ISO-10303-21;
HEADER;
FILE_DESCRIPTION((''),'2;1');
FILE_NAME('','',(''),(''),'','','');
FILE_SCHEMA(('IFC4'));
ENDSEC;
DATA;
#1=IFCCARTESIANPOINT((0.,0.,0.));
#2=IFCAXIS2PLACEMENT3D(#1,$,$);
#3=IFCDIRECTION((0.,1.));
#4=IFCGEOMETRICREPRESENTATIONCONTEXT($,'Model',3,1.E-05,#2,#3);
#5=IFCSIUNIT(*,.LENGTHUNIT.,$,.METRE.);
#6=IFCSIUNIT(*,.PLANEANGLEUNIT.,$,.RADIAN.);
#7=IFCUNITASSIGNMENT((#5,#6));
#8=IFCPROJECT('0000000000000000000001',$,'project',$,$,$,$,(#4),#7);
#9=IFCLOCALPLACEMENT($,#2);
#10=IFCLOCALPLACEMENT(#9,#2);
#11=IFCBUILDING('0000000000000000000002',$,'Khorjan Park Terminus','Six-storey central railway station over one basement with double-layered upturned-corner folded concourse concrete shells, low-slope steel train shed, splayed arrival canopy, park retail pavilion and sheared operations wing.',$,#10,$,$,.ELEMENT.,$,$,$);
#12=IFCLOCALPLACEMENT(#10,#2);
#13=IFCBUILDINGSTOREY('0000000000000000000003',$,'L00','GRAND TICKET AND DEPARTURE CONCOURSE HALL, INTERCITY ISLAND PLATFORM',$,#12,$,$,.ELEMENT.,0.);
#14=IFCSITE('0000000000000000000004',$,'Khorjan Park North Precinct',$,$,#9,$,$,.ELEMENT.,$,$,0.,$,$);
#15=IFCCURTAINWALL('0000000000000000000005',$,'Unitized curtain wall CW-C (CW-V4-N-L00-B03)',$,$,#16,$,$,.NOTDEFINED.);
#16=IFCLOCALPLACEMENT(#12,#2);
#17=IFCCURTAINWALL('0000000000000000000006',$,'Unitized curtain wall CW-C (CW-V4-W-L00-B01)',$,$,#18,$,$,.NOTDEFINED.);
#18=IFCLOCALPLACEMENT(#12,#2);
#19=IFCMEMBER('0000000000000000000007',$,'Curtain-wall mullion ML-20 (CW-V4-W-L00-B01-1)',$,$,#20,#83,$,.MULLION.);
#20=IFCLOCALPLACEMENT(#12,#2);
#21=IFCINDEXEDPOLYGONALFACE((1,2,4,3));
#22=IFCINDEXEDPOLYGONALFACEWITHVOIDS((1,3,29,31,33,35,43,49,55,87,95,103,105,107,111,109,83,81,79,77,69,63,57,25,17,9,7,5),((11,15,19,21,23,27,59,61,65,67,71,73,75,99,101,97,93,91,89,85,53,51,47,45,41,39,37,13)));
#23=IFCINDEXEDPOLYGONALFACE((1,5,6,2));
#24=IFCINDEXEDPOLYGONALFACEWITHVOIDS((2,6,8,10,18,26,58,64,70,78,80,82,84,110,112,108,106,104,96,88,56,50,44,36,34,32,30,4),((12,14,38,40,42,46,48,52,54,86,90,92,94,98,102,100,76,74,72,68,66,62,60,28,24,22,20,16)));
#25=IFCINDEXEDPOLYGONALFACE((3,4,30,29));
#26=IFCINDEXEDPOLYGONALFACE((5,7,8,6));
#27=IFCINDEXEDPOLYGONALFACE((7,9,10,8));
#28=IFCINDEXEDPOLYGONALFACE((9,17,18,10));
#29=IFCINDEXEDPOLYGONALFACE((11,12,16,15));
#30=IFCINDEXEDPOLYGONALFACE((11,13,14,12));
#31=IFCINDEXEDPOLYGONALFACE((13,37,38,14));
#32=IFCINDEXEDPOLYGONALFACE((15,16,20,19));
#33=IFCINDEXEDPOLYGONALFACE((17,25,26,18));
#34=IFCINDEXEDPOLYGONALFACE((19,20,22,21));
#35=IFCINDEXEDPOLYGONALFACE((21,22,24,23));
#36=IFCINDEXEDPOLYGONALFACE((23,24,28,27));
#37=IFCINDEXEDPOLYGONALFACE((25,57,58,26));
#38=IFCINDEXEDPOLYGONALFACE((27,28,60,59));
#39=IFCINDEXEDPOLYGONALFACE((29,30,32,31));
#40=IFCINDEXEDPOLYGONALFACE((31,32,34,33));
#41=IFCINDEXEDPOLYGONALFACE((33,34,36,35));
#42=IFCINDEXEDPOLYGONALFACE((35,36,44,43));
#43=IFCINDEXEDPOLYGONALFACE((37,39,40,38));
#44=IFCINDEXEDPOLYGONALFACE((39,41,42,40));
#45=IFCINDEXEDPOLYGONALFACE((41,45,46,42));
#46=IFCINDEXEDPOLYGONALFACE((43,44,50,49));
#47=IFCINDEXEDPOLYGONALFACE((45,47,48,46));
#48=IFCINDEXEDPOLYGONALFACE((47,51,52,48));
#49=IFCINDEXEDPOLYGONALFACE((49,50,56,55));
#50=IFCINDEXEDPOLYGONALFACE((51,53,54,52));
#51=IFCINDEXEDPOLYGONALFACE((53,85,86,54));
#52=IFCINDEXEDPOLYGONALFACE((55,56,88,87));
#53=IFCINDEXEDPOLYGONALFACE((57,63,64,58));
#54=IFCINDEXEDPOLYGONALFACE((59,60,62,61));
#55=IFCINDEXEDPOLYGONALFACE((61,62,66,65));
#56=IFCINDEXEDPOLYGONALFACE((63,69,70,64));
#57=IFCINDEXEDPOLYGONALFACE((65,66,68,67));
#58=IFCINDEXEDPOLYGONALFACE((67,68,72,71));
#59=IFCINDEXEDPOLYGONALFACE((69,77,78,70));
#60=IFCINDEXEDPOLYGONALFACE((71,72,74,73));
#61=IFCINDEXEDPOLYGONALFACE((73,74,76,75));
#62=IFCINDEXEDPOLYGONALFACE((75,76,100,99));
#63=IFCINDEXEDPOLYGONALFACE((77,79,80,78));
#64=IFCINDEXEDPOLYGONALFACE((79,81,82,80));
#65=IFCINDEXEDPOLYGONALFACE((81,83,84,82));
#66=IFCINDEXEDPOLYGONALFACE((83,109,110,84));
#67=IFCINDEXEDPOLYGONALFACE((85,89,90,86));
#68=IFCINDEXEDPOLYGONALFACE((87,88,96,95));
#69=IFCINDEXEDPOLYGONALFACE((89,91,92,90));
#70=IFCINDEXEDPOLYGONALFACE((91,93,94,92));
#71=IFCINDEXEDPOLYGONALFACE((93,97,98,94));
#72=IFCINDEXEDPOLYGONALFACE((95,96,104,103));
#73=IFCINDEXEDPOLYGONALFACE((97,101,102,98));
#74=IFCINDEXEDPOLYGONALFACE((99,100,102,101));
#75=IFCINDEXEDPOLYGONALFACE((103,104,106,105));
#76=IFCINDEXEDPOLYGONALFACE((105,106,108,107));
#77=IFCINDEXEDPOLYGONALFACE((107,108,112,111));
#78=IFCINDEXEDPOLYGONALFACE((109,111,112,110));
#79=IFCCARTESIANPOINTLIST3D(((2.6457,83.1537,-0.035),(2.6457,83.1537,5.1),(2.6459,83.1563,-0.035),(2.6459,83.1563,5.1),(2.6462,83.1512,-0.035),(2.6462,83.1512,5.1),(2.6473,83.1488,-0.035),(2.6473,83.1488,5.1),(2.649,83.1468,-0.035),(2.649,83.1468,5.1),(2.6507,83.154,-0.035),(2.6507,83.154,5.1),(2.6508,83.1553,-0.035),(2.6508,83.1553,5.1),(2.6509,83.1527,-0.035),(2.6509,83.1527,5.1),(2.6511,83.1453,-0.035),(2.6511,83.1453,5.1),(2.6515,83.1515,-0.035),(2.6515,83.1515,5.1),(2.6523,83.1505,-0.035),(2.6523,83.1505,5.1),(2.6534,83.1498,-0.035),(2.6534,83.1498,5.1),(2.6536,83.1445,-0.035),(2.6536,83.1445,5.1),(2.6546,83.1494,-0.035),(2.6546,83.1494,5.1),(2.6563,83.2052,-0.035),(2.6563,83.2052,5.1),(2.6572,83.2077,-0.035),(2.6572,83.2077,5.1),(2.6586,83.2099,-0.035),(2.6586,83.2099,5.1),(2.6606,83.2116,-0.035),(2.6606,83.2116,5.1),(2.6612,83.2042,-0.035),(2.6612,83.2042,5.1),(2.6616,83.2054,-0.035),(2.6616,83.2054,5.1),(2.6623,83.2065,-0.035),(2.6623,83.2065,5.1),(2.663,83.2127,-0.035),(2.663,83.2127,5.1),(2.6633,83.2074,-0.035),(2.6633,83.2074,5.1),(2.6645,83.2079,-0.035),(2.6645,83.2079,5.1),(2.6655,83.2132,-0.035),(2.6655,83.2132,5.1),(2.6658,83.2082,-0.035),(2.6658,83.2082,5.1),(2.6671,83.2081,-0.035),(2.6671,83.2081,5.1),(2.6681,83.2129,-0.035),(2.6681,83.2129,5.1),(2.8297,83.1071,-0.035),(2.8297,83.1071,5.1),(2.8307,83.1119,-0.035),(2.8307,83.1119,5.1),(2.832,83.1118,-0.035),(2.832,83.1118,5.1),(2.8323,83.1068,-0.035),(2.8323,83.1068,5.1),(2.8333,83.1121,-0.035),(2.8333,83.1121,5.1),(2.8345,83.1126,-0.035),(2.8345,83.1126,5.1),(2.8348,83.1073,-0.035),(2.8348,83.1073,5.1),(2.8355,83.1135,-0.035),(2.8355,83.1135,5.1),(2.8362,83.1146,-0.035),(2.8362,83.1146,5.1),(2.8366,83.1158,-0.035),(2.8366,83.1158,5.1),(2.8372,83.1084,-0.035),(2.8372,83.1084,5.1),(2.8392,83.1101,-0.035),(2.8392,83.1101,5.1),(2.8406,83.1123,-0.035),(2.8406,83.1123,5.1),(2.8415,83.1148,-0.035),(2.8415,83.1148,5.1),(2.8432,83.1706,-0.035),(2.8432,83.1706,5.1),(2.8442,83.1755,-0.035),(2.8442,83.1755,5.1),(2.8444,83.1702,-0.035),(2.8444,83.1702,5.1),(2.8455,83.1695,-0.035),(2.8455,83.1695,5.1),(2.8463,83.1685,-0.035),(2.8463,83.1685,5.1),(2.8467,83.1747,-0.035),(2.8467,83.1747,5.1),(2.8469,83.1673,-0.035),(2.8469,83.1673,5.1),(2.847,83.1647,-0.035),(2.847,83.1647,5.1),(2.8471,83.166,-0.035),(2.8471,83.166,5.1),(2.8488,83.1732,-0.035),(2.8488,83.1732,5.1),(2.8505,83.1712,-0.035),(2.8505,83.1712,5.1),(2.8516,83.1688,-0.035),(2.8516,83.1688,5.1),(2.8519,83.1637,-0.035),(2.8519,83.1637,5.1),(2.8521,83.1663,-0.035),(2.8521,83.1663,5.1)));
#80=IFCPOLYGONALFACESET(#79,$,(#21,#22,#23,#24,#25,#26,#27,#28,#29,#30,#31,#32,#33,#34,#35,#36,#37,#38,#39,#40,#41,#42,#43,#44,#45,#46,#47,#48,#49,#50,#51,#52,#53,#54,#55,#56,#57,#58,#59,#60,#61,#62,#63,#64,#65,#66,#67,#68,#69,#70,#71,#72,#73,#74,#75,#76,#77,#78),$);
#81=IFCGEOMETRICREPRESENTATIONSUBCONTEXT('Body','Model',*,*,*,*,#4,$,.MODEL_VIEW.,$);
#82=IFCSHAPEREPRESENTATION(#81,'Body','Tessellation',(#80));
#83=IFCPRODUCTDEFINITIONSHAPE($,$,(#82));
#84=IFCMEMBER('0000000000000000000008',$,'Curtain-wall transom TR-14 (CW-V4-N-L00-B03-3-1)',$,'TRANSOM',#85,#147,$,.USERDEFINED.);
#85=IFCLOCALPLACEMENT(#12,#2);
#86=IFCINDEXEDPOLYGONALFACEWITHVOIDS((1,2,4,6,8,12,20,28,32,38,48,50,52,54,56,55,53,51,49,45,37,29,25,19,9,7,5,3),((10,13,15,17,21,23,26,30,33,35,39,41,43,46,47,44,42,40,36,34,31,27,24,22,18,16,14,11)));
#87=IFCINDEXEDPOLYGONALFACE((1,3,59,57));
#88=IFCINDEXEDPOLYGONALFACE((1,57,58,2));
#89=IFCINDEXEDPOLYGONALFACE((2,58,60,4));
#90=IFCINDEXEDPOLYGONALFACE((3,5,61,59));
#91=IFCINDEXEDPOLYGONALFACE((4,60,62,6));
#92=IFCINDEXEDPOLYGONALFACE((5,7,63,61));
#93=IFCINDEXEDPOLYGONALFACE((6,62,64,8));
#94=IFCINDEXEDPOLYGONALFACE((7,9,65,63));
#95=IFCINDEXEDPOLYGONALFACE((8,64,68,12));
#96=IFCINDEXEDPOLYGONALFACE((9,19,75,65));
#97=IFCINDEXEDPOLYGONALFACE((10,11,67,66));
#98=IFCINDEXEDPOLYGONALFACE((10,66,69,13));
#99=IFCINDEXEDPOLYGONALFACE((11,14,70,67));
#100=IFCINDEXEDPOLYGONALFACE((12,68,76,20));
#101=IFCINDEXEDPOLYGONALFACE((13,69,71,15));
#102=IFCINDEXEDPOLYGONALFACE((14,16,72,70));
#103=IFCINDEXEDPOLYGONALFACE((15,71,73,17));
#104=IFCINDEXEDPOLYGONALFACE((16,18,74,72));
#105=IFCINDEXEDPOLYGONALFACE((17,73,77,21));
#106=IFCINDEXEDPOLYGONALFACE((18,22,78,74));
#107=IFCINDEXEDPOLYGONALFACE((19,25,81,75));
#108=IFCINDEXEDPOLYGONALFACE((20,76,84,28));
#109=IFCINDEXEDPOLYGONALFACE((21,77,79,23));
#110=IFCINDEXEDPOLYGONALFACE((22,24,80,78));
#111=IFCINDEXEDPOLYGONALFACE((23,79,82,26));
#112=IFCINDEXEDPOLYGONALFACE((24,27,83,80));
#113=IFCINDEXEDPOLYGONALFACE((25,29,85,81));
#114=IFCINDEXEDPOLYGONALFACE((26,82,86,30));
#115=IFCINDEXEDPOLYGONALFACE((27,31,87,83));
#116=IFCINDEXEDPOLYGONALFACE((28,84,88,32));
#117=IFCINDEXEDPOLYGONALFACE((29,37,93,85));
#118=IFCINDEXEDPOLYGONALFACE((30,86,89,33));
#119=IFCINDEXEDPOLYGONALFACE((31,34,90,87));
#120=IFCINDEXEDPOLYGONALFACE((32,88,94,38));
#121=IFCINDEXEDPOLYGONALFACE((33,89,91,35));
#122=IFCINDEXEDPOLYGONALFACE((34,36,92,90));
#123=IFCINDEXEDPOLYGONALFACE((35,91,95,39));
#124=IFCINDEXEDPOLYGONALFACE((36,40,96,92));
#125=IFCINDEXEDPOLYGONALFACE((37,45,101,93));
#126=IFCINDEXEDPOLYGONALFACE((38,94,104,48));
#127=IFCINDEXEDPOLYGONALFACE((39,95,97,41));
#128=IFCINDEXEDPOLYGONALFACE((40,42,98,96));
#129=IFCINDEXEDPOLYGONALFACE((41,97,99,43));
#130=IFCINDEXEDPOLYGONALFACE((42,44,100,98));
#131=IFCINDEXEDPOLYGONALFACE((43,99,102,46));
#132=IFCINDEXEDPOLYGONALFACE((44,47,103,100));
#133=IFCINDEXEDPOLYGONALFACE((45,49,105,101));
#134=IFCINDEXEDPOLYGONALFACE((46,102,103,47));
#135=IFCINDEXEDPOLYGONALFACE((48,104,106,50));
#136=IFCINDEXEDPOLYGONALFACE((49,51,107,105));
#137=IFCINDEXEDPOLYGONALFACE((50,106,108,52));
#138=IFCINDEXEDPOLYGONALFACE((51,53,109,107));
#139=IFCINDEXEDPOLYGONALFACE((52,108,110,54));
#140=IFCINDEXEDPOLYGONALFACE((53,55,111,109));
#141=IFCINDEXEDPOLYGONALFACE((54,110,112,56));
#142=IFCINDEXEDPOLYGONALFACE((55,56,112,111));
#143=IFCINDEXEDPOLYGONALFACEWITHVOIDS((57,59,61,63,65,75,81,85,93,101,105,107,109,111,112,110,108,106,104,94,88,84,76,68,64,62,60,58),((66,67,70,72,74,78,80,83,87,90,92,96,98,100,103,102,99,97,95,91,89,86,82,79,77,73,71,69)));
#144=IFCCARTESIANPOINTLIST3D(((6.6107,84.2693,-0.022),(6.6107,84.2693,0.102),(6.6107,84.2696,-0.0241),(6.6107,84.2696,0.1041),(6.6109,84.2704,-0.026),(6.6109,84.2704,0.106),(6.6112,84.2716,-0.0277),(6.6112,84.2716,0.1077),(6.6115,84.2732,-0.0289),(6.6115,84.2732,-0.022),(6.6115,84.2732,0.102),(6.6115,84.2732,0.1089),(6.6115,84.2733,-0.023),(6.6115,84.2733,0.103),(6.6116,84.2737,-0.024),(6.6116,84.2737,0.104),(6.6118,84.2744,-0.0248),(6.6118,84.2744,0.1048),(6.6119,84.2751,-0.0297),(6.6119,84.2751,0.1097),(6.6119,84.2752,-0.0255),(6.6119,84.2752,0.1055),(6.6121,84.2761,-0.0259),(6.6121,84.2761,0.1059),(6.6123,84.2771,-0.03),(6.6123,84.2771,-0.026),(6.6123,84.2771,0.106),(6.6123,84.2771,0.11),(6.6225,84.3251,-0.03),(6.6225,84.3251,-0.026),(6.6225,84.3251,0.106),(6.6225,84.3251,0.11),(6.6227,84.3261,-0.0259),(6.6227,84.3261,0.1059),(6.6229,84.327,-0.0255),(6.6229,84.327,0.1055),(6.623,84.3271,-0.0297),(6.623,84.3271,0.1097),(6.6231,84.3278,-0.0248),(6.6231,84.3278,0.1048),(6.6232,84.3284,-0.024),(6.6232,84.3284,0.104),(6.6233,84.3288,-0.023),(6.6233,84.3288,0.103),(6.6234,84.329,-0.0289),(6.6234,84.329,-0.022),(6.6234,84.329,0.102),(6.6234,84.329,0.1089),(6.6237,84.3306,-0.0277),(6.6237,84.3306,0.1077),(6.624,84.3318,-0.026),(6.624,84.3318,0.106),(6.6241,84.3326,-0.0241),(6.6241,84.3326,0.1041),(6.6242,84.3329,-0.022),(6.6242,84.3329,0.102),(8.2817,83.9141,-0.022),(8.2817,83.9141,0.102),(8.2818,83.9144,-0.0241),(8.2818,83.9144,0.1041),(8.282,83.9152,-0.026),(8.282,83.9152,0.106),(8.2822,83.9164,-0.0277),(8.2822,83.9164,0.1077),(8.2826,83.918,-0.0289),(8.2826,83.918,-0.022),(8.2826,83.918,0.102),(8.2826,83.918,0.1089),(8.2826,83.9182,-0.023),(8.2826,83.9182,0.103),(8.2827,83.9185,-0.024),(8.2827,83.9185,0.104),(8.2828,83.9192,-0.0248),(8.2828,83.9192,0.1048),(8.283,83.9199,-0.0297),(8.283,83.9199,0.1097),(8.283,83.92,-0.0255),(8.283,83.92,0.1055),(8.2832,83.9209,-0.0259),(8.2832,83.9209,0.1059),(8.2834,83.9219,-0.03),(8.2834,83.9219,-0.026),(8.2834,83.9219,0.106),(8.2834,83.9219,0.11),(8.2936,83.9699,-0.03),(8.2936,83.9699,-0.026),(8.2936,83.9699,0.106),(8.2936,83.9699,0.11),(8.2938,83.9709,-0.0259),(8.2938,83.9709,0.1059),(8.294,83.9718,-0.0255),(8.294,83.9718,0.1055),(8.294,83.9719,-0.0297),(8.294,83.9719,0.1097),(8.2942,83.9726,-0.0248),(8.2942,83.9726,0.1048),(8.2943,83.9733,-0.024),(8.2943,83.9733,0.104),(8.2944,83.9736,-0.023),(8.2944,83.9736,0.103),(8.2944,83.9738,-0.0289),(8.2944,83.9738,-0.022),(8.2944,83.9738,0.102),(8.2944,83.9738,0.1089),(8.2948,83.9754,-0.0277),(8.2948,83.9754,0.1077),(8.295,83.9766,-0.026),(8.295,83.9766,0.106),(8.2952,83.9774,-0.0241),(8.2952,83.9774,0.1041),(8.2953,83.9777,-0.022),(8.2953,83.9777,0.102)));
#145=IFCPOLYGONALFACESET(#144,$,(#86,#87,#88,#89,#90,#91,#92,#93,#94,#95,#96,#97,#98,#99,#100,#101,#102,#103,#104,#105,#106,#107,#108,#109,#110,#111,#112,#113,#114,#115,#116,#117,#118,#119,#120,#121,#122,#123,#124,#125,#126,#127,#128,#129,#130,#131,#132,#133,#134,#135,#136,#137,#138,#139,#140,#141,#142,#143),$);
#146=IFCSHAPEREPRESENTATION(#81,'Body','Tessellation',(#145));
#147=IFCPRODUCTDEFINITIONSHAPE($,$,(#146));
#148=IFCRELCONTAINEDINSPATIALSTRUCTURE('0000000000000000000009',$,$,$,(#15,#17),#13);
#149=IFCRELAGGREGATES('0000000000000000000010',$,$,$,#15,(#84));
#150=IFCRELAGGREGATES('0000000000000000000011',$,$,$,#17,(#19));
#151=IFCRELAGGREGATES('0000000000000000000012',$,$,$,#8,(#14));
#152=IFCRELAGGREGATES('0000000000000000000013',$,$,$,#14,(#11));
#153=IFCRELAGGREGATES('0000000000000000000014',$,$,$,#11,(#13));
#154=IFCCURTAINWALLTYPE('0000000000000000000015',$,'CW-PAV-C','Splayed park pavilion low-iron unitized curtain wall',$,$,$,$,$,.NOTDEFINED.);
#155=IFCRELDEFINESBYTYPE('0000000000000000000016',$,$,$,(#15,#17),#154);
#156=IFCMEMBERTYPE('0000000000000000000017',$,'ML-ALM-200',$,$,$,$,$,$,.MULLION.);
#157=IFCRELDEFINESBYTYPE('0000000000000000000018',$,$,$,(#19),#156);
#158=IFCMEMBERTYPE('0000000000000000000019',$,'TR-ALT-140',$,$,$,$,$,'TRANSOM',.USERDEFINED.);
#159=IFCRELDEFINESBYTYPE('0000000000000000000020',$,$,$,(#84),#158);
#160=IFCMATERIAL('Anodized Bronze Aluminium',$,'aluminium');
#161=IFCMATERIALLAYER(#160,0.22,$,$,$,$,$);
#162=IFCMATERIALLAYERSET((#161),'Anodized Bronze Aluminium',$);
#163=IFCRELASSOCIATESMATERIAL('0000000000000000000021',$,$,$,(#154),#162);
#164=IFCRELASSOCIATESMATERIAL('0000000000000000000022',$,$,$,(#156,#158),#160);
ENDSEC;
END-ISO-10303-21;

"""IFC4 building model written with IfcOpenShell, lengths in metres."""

from ifc_helpers import new_model, si_unit, direction, frame, origin, origin_2d, place, context, subcontext, project, spatial, hollow_rectangle, extrude, material, layer, layer_set, material_profile, profile_set, type_object, element, aggregate, save


model = new_model("IFC4")

# Units and contexts
model_context = context("Model", 3, precision=1e-05, world=origin(), true_north=direction((0.0, 1.0)))
body_context = subcontext(model_context, "Body", "Model", "MODEL_VIEW")
ifc_project = project(units=[si_unit("LENGTHUNIT", "METRE"), si_unit("PLANEANGLEUNIT", "RADIAN")], contexts=[model_context])

# Site, building, storey
site_placement = place(None, origin())
site = spatial("IfcSite", under=ifc_project, at=site_placement, Name="Khorjan Park North Precinct", CompositionType="ELEMENT", RefElevation=0.0)
building_placement = place(site_placement, origin())
building = spatial("IfcBuilding", under=site, at=building_placement, Name="Khorjan Park Terminus", Description="Six-storey central railway station over one basement with double-layered upturned-corner folded concourse concrete shells, low-slope steel train shed, splayed arrival canopy, park retail pavilion and sheared operations wing.", CompositionType="ELEMENT")
storey_placement = place(building_placement, origin())
storey = spatial("IfcBuildingStorey", under=building, at=storey_placement, Name="L00", Description="GRAND TICKET AND DEPARTURE CONCOURSE HALL, INTERCITY ISLAND PLATFORM", CompositionType="ELEMENT", Elevation=0.0)

# Curtain wall
ifc_material_1 = material(Name="Anodized Bronze Aluminium", Category="aluminium")
ifc_layer_1 = layer(ifc_material_1, 0.22)
ifc_layer_set_1 = layer_set([ifc_layer_1], Name="Anodized Bronze Aluminium")
curtain_wall_type = type_object("IfcCurtainWallType", Name="CW-PAV-C", Description="Splayed park pavilion low-iron unitized curtain wall", PredefinedType="NOTDEFINED", material=ifc_layer_set_1)
curtain_wall_1_placement = place(storey_placement, origin())
curtain_wall_1 = element("IfcCurtainWall", 1, at=curtain_wall_1_placement, inside=storey, type_object=curtain_wall_type, Name="Unitized curtain wall CW-C (CW-V4-N-L00-B03)", PredefinedType="NOTDEFINED")
ifc_material_profile_1 = material_profile(ifc_material_1, hollow_rectangle(XDim=0.07, YDim=0.2, WallThickness=0.005, InnerFilletRadius=0.005, OuterFilletRadius=0.01, at=origin_2d()), Name="ALM 70x200x5")
ifc_profile_set_1 = profile_set([ifc_material_profile_1], Name="Anodized Bronze Aluminium")
member_type_1 = type_object("IfcMemberType", Name="ML-ALM-200", PredefinedType="MULLION", material=ifc_profile_set_1)

# Curtain wall, member
curtain_wall_2_placement = place(storey_placement, origin())
curtain_wall_2 = element("IfcCurtainWall", 2, at=curtain_wall_2_placement, inside=storey, type_object=curtain_wall_type, Name="Unitized curtain wall CW-C (CW-V4-W-L00-B01)", PredefinedType="NOTDEFINED")
member_1_placement = place(storey_placement, frame((2.7489, 83.16, -0.035), z_axis=(0.0, 0.0, 1.0), x_axis=(-0.207917, -0.978147, 0.0)))
member_1 = element("IfcMember", 3, at=member_1_placement, type_object=member_type_1, Name="Curtain-wall mullion ML-20 (CW-V4-W-L00-B01-1)", PredefinedType="MULLION", context=body_context, shape_type="SweptSolid", body=[
    extrude(hollow_rectangle(XDim=0.07, YDim=0.2, WallThickness=0.005, InnerFilletRadius=0.005, OuterFilletRadius=0.01, at=origin_2d()), origin(), (0.0, 0.0, 1.0), 5.135),
])

# Member
ifc_material_profile_2 = material_profile(ifc_material_1, hollow_rectangle(XDim=0.065, YDim=0.14, WallThickness=0.004, InnerFilletRadius=0.004, OuterFilletRadius=0.008, at=origin_2d()), Name="ALT 65x140x4")
ifc_profile_set_2 = profile_set([ifc_material_profile_2], Name="Anodized Bronze Aluminium")
member_type_2 = type_object("IfcMemberType", Name="TR-ALT-140", ElementType="TRANSOM", PredefinedType="USERDEFINED", material=ifc_profile_set_2)
member_2_placement = place(storey_placement, frame((8.2885, 83.9459, 0.04), z_axis=(-0.978148, 0.20791, 0.0), x_axis=(-0.20791, -0.978148, 0.0)))
member_2 = element("IfcMember", 4, at=member_2_placement, type_object=member_type_2, Name="Curtain-wall transom TR-14 (CW-V4-N-L00-B03-3-1)", ObjectType="TRANSOM", PredefinedType="USERDEFINED", context=body_context, shape_type="SweptSolid", body=[
    extrude(hollow_rectangle(XDim=0.065, YDim=0.14, WallThickness=0.004, InnerFilletRadius=0.004, OuterFilletRadius=0.008, at=origin_2d()), origin(), (0.0, 0.0, 1.0), 1.7084),
])

aggregate(curtain_wall_1, [member_2])
aggregate(curtain_wall_2, [member_1])

save(model, "model.ifc")
